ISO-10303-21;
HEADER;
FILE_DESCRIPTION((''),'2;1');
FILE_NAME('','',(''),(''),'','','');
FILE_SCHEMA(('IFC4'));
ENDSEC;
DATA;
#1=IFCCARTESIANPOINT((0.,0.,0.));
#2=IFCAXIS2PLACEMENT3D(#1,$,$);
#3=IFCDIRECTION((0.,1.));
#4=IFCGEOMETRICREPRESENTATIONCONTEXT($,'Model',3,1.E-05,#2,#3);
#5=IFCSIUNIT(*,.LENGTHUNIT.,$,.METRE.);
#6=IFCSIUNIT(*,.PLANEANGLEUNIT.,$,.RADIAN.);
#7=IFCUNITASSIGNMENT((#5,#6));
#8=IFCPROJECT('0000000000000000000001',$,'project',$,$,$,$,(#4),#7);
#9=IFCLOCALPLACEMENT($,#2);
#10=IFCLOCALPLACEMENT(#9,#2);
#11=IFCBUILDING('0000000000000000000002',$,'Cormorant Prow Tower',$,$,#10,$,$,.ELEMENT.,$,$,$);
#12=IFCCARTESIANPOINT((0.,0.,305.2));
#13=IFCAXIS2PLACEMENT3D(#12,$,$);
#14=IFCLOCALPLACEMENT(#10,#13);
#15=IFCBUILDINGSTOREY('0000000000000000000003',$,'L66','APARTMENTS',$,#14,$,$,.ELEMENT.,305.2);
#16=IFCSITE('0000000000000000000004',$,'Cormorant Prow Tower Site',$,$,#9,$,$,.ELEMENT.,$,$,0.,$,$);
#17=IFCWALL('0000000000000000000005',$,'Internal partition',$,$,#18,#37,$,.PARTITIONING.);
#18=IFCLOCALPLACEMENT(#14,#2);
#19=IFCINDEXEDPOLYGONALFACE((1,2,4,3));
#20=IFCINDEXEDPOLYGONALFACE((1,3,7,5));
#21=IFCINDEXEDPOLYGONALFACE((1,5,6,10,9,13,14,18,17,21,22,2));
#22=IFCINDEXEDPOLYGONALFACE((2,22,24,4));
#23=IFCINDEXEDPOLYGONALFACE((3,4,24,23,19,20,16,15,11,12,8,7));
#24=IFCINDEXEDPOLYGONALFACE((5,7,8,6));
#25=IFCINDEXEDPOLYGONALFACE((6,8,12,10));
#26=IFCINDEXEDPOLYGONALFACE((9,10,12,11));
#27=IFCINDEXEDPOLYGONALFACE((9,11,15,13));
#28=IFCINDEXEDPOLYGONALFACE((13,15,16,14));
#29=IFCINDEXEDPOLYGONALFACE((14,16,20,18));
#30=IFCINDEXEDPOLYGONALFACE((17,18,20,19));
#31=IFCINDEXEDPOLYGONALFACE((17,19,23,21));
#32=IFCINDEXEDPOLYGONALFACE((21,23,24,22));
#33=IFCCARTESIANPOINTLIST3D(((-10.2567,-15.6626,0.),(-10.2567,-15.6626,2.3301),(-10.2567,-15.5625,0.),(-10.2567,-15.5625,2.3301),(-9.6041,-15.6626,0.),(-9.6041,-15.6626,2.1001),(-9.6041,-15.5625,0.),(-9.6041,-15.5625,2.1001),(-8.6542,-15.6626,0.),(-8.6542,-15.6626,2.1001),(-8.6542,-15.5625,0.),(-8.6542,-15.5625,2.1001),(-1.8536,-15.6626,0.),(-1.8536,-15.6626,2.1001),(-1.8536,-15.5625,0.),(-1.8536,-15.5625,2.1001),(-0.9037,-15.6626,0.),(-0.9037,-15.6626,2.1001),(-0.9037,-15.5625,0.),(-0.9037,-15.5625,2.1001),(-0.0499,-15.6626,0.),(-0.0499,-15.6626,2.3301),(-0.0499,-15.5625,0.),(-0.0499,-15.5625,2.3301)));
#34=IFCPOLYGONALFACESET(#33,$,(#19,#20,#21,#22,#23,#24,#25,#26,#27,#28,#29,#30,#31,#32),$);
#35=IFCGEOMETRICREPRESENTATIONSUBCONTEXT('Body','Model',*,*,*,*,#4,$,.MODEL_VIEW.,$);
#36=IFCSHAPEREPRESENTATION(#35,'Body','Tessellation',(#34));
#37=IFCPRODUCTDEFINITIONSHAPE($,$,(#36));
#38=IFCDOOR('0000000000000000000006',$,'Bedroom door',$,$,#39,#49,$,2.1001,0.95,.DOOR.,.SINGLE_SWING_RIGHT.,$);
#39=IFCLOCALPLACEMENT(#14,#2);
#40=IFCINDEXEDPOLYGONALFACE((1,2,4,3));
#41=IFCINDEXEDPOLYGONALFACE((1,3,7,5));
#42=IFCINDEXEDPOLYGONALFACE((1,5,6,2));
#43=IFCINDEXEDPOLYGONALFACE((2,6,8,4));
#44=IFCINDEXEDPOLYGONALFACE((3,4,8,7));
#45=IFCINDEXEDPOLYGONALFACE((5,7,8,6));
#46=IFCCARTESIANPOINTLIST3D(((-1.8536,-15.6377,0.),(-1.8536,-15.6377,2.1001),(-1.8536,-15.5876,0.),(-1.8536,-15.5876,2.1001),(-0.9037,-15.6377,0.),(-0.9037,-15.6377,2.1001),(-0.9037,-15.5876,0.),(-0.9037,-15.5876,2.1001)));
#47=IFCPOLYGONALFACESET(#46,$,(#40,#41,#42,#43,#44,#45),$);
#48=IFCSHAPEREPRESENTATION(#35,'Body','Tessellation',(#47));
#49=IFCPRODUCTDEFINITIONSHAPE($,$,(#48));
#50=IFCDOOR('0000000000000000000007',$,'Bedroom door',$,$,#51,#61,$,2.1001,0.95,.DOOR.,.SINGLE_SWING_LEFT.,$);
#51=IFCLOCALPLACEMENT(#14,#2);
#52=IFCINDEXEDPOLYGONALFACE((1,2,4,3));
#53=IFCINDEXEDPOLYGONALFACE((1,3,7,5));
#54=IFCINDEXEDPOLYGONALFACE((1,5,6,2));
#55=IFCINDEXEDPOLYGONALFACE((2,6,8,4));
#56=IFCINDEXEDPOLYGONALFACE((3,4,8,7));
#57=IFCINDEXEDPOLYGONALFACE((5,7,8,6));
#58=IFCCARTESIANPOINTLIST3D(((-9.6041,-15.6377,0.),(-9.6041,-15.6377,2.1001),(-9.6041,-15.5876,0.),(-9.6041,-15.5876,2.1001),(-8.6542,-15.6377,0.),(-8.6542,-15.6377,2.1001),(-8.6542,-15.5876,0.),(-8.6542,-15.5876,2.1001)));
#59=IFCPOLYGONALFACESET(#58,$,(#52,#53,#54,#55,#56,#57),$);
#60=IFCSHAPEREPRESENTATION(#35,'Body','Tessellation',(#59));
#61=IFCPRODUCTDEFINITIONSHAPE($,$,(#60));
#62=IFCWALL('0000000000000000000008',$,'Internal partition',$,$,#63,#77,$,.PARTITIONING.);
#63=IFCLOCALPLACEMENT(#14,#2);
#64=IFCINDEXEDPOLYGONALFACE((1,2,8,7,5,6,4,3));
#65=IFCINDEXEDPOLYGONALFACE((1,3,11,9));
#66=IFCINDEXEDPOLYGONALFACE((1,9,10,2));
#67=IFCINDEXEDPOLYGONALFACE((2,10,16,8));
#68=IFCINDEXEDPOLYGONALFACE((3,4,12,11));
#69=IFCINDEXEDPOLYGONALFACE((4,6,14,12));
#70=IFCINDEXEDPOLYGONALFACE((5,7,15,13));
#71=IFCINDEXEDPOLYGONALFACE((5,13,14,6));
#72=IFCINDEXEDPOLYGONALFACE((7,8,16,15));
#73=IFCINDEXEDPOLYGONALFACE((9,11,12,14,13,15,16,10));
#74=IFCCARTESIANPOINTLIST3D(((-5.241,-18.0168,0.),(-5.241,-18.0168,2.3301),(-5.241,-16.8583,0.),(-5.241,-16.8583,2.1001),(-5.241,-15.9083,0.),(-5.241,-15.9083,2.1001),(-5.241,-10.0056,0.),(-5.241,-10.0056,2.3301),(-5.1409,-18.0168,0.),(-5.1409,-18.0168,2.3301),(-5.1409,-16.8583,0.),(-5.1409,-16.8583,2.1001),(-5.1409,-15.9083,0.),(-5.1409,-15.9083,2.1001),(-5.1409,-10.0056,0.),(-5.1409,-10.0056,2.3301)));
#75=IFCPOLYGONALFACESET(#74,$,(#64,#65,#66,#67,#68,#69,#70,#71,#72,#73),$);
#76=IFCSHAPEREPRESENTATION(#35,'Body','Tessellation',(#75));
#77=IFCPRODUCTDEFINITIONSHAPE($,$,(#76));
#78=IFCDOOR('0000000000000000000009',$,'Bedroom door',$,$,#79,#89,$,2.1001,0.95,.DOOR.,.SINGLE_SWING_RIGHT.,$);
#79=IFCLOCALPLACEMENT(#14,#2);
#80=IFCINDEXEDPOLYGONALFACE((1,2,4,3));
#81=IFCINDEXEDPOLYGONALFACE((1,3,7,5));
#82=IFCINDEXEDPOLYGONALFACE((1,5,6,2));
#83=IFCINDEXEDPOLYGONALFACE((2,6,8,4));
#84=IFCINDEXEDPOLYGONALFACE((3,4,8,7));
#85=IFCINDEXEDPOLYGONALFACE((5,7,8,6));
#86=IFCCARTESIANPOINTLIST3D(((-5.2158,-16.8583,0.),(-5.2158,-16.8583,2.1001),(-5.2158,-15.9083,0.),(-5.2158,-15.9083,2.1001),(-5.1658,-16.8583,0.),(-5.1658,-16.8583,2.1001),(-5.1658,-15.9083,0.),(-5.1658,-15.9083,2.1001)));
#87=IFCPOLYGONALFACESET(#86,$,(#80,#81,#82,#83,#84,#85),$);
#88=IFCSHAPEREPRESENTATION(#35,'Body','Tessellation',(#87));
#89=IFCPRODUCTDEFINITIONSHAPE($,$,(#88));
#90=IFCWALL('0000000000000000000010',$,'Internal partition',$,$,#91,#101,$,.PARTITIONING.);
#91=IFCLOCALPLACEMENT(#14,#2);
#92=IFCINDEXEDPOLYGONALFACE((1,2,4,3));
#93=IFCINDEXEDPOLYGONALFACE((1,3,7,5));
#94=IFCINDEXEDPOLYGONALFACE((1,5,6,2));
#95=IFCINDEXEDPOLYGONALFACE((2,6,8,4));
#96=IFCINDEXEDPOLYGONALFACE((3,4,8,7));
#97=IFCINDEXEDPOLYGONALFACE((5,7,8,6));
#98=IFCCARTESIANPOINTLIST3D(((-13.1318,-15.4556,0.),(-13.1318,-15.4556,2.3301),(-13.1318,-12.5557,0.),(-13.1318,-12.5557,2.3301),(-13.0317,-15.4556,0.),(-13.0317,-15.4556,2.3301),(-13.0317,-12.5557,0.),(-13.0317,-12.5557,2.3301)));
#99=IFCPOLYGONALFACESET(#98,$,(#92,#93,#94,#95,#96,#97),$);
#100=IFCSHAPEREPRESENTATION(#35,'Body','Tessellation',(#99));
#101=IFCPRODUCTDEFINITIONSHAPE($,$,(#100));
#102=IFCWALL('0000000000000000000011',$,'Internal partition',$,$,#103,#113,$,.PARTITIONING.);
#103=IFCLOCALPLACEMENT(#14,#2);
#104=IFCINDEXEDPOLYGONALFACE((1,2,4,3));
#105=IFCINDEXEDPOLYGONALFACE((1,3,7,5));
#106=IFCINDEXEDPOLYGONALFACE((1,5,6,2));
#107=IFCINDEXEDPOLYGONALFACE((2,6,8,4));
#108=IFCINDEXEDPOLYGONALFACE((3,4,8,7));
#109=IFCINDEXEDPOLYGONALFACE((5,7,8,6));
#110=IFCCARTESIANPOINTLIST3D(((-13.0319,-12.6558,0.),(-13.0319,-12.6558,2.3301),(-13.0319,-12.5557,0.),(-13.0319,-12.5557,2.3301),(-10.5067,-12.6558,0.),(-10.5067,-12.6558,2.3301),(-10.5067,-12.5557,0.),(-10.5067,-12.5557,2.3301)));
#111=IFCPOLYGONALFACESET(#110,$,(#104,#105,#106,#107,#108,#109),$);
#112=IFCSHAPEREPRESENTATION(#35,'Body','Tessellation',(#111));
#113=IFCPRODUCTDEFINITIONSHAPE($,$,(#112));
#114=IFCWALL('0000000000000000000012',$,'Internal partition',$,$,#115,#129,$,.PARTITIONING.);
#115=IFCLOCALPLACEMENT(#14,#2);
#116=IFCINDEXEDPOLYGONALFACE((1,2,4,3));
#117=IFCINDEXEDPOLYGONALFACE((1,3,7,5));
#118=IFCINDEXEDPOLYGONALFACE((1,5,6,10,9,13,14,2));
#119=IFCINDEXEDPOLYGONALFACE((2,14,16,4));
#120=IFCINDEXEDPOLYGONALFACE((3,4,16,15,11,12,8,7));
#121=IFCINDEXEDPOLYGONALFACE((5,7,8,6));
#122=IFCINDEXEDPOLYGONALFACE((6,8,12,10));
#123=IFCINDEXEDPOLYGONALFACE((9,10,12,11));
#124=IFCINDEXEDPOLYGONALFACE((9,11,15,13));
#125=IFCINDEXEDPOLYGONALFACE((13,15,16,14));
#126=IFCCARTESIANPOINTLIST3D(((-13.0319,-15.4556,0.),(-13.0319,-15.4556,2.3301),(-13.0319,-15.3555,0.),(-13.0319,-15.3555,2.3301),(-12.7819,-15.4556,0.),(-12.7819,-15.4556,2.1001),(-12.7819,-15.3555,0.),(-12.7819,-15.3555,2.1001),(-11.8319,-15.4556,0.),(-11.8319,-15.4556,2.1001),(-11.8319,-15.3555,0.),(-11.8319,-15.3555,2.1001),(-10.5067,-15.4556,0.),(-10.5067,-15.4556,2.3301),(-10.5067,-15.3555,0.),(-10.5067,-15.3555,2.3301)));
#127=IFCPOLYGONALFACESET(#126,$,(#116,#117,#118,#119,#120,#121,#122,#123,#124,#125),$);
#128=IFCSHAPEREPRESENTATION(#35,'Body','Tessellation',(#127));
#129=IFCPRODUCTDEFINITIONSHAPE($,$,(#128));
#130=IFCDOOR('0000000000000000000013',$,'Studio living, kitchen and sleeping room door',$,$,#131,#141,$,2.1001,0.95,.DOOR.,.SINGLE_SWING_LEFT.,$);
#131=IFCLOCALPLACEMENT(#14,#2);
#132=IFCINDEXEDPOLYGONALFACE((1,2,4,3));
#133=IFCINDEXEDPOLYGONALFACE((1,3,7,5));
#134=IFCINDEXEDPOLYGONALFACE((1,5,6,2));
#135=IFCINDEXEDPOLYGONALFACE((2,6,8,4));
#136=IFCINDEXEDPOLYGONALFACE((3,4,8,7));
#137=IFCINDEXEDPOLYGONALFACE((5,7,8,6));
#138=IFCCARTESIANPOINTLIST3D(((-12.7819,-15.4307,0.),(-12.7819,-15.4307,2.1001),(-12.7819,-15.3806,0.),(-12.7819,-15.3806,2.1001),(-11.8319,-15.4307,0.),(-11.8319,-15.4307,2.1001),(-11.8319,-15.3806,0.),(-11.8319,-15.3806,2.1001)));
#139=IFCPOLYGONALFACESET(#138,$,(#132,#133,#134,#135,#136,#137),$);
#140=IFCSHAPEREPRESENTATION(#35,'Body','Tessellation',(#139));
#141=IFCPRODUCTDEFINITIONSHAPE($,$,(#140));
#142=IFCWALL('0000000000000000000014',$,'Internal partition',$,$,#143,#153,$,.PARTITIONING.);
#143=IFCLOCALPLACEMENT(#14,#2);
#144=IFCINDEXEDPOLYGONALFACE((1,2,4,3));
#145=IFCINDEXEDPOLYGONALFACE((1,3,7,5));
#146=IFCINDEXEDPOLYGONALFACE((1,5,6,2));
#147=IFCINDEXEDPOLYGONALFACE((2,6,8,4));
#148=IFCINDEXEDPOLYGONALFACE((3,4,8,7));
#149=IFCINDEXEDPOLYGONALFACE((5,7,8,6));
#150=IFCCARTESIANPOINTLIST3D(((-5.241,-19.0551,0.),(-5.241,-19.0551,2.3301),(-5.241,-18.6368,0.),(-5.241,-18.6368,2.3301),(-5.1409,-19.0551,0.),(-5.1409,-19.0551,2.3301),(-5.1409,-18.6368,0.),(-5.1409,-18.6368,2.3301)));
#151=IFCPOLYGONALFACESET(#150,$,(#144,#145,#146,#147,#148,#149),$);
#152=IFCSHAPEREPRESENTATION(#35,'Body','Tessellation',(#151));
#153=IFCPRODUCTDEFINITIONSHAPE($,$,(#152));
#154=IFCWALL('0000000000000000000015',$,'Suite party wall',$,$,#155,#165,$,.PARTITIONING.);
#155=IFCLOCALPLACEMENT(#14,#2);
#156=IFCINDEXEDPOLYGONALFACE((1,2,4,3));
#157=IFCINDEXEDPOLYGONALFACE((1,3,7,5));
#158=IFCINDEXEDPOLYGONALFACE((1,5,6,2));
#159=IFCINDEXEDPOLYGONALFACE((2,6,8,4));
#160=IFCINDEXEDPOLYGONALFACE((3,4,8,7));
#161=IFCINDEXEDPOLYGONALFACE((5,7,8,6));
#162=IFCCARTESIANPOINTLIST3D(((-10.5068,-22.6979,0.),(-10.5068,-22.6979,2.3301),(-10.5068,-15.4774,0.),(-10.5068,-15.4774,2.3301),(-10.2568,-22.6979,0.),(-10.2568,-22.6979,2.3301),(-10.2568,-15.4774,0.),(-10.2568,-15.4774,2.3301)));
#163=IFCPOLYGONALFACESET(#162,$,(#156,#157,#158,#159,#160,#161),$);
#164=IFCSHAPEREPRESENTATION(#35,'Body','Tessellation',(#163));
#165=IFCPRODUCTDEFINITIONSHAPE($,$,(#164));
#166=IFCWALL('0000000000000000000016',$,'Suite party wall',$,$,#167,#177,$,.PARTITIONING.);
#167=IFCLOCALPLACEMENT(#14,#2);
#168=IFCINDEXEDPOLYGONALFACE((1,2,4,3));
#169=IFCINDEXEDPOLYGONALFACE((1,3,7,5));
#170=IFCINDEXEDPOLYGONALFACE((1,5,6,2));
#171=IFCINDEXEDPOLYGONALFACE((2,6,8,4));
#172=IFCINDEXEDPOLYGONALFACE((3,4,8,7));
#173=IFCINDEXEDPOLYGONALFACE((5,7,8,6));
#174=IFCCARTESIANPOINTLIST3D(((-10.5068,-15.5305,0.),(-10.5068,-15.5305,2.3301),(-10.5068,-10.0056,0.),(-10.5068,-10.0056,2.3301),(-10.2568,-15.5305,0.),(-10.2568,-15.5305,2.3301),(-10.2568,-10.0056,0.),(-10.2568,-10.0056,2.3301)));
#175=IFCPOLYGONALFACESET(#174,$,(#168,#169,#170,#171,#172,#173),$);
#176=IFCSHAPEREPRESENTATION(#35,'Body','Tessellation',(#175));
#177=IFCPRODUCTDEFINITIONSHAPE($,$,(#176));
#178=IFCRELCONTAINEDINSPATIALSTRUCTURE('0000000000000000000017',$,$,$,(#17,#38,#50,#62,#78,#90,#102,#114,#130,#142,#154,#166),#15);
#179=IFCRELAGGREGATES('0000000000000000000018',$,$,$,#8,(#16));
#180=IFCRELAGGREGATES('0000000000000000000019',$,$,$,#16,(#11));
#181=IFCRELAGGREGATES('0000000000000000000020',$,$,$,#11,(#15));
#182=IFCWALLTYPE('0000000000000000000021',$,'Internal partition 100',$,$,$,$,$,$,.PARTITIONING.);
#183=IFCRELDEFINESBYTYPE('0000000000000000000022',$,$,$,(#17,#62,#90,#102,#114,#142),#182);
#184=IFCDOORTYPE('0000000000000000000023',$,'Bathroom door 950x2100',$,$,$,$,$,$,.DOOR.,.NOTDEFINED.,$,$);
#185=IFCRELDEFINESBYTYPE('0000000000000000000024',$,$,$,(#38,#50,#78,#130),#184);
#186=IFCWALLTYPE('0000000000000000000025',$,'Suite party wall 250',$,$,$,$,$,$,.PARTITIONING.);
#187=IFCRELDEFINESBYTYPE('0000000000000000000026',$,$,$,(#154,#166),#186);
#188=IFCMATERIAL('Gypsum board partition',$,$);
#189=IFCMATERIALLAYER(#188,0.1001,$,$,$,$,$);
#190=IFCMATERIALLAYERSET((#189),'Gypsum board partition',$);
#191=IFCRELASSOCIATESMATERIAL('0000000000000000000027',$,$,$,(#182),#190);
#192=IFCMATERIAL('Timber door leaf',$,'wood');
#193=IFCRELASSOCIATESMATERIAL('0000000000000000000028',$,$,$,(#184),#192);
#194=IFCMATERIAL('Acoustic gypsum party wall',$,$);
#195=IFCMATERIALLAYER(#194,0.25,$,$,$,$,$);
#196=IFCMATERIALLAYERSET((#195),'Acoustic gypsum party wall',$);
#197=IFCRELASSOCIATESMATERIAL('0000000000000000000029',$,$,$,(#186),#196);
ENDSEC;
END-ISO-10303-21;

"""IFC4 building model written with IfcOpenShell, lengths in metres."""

from ifc_helpers import new_model, si_unit, direction, frame, frame_2d, origin, place, context, subcontext, project, spatial, rectangle, extrude, material, layer, layer_set, type_object, element, fill, save


model = new_model("IFC4")

# Units and contexts
model_context = context("Model", 3, precision=1e-05, world=origin(), true_north=direction((0.0, 1.0)))
body_context = subcontext(model_context, "Body", "Model", "MODEL_VIEW")
ifc_project = project(units=[si_unit("LENGTHUNIT", "METRE"), si_unit("PLANEANGLEUNIT", "RADIAN")], contexts=[model_context])

# Site, building, storey
site_placement = place(None, origin())
site = spatial("IfcSite", under=ifc_project, at=site_placement, Name="Cormorant Prow Tower Site", CompositionType="ELEMENT", RefElevation=0.0)
building_placement = place(site_placement, origin())
building = spatial("IfcBuilding", under=site, at=building_placement, Name="Cormorant Prow Tower", CompositionType="ELEMENT")
storey_placement = place(building_placement, frame((0.0, 0.0, 305.2)))
storey = spatial("IfcBuildingStorey", under=building, at=storey_placement, Name="L66", Description="APARTMENTS", CompositionType="ELEMENT", Elevation=305.2)

# Wall, openings, doors
ifc_material_1 = material(Name="Gypsum board partition")
ifc_layer_1 = layer(ifc_material_1, 0.1001)
ifc_layer_set_1 = layer_set([ifc_layer_1], Name="Gypsum board partition")
wall_type_1 = type_object("IfcWallType", Name="Internal partition 100", PredefinedType="PARTITIONING", material=ifc_layer_set_1)
wall_1_placement = place(storey_placement, frame((-10.2568, -15.6125, 0.0), z_axis=(0.0, 0.0, 1.0), x_axis=(1.0, 0.0, 0.0)))
wall_1 = element("IfcWall", 1, at=wall_1_placement, inside=storey, type_object=wall_type_1, Name="Internal partition", PredefinedType="PARTITIONING", context=body_context, shape_type="SweptSolid", body=[
    extrude(rectangle(XDim=10.2068, YDim=0.1001, at=frame_2d((5.1035, 0.0))), origin(), (0.0, 0.0, 1.0), 2.3301),
])
opening_1_placement = place(wall_1_placement, frame((8.4031, 0.0, 0.0)))
opening_1 = element("IfcOpeningElement", 2, at=opening_1_placement, cuts=wall_1, PredefinedType="OPENING", context=body_context, shape_type="SweptSolid", body=[
    extrude(rectangle(XDim=0.95, YDim=2.1001, at=frame_2d((0.4751, 1.05))), frame((0.0, 0.0601, 0.0), z_axis=(0.0, -1.0, 0.0), x_axis=(1.0, 0.0, 0.0)), (0.0, 0.0, 1.0), 0.1201),
])
opening_2_placement = place(wall_1_placement, frame((0.6526, 0.0, 0.0)))
opening_2 = element("IfcOpeningElement", 3, at=opening_2_placement, cuts=wall_1, PredefinedType="OPENING", context=body_context, shape_type="SweptSolid", body=[
    extrude(rectangle(XDim=0.95, YDim=2.1001, at=frame_2d((0.4751, 1.05))), frame((0.0, 0.0601, 0.0), z_axis=(0.0, -1.0, 0.0), x_axis=(1.0, 0.0, 0.0)), (0.0, 0.0, 1.0), 0.1201),
])
ifc_material_2 = material(Name="Timber door leaf", Category="wood")
door_type_1 = type_object("IfcDoorType", Name="Bathroom door 950x2100", OperationType="NOTDEFINED", PredefinedType="DOOR", material=ifc_material_2)
door_1_placement = place(opening_1_placement, origin())
door_1 = element("IfcDoor", 4, at=door_1_placement, inside=storey, type_object=door_type_1, Name="Bedroom door", OperationType="SINGLE_SWING_RIGHT", OverallHeight=2.1001, OverallWidth=0.95, PredefinedType="DOOR", context=body_context, shape_type="SweptSolid", body=[
    extrude(rectangle(XDim=0.95, YDim=2.1001, at=frame_2d((0.4751, 1.05))), frame((0.0, 0.0249, 0.0), z_axis=(0.0, -1.0, 0.0), x_axis=(1.0, 0.0, 0.0)), (0.0, 0.0, 1.0), 0.05),
])
fill(opening_1, door_1)
door_2_placement = place(opening_2_placement, origin())
door_2 = element("IfcDoor", 5, at=door_2_placement, inside=storey, type_object=door_type_1, Name="Bedroom door", OperationType="SINGLE_SWING_LEFT", OverallHeight=2.1001, OverallWidth=0.95, PredefinedType="DOOR", context=body_context, shape_type="SweptSolid", body=[
    extrude(rectangle(XDim=0.95, YDim=2.1001, at=frame_2d((0.4751, 1.05))), frame((0.0, 0.0249, 0.0), z_axis=(0.0, -1.0, 0.0), x_axis=(1.0, 0.0, 0.0)), (0.0, 0.0, 1.0), 0.05),
])
fill(opening_2, door_2)

# Wall, opening, door
wall_2_placement = place(storey_placement, frame((-5.1909, -18.0168, 0.0), z_axis=(0.0, 0.0, 1.0), x_axis=(0.0, 1.0, 0.0)))
wall_2 = element("IfcWall", 6, at=wall_2_placement, inside=storey, type_object=wall_type_1, Name="Internal partition", PredefinedType="PARTITIONING", context=body_context, shape_type="SweptSolid", body=[
    extrude(rectangle(XDim=8.0112, YDim=0.1001, at=frame_2d((4.0056, 0.0))), origin(), (0.0, 0.0, 1.0), 2.3301),
])
opening_3_placement = place(wall_2_placement, frame((1.1584, 0.0, 0.0)))
opening_3 = element("IfcOpeningElement", 7, at=opening_3_placement, cuts=wall_2, PredefinedType="OPENING", context=body_context, shape_type="SweptSolid", body=[
    extrude(rectangle(XDim=0.95, YDim=2.1001, at=frame_2d((0.4751, 1.05))), frame((0.0, 0.0601, 0.0), z_axis=(0.0, -1.0, 0.0), x_axis=(1.0, 0.0, 0.0)), (0.0, 0.0, 1.0), 0.1201),
])
door_3_placement = place(opening_3_placement, origin())
door_3 = element("IfcDoor", 8, at=door_3_placement, inside=storey, type_object=door_type_1, Name="Bedroom door", OperationType="SINGLE_SWING_RIGHT", OverallHeight=2.1001, OverallWidth=0.95, PredefinedType="DOOR", context=body_context, shape_type="SweptSolid", body=[
    extrude(rectangle(XDim=0.95, YDim=2.1001, at=frame_2d((0.4751, 1.05))), frame((0.0, 0.0249, 0.0), z_axis=(0.0, -1.0, 0.0), x_axis=(1.0, 0.0, 0.0)), (0.0, 0.0, 1.0), 0.05),
])
fill(opening_3, door_3)

# Walls
wall_3_placement = place(storey_placement, frame((-13.0818, -15.4556, 0.0), z_axis=(0.0, 0.0, 1.0), x_axis=(0.0, 1.0, 0.0)))
element("IfcWall", 9, at=wall_3_placement, inside=storey, type_object=wall_type_1, Name="Internal partition", PredefinedType="PARTITIONING", context=body_context, shape_type="SweptSolid", body=[
    extrude(rectangle(XDim=2.8999, YDim=0.1001, at=frame_2d((1.45, 0.0))), origin(), (0.0, 0.0, 1.0), 2.3301),
])
wall_4_placement = place(storey_placement, frame((-13.032, -12.6057, 0.0), z_axis=(0.0, 0.0, 1.0), x_axis=(1.0, 0.0, 0.0)))
element("IfcWall", 10, at=wall_4_placement, inside=storey, type_object=wall_type_1, Name="Internal partition", PredefinedType="PARTITIONING", context=body_context, shape_type="SweptSolid", body=[
    extrude(rectangle(XDim=2.5251, YDim=0.1001, at=frame_2d((1.2627, 0.0))), origin(), (0.0, 0.0, 1.0), 2.3301),
])

# Wall, opening, door
wall_5_placement = place(storey_placement, frame((-13.032, -15.4055, 0.0), z_axis=(0.0, 0.0, 1.0), x_axis=(1.0, 0.0, 0.0)))
wall_5 = element("IfcWall", 11, at=wall_5_placement, inside=storey, type_object=wall_type_1, Name="Internal partition", PredefinedType="PARTITIONING", context=body_context, shape_type="SweptSolid", body=[
    extrude(rectangle(XDim=2.5251, YDim=0.1001, at=frame_2d((1.2627, 0.0))), origin(), (0.0, 0.0, 1.0), 2.3301),
])
opening_4_placement = place(wall_5_placement, frame((0.25, 0.0, 0.0)))
opening_4 = element("IfcOpeningElement", 12, at=opening_4_placement, cuts=wall_5, PredefinedType="OPENING", context=body_context, shape_type="SweptSolid", body=[
    extrude(rectangle(XDim=0.95, YDim=2.1001, at=frame_2d((0.4751, 1.05))), frame((0.0, 0.0601, 0.0), z_axis=(0.0, -1.0, 0.0), x_axis=(1.0, 0.0, 0.0)), (0.0, 0.0, 1.0), 0.1201),
])
door_4_placement = place(opening_4_placement, origin())
door_4 = element("IfcDoor", 13, at=door_4_placement, inside=storey, type_object=door_type_1, Name="Studio living, kitchen and sleeping room door", OperationType="SINGLE_SWING_LEFT", OverallHeight=2.1001, OverallWidth=0.95, PredefinedType="DOOR", context=body_context, shape_type="SweptSolid", body=[
    extrude(rectangle(XDim=0.95, YDim=2.1001, at=frame_2d((0.4751, 1.05))), frame((0.0, 0.0249, 0.0), z_axis=(0.0, -1.0, 0.0), x_axis=(1.0, 0.0, 0.0)), (0.0, 0.0, 1.0), 0.05),
])
fill(opening_4, door_4)

# Walls
wall_6_placement = place(storey_placement, frame((-5.1909, -19.0549, 0.0), z_axis=(0.0, 0.0, 1.0), x_axis=(0.0, 1.0, 0.0)))
element("IfcWall", 14, at=wall_6_placement, inside=storey, type_object=wall_type_1, Name="Internal partition", PredefinedType="PARTITIONING", context=body_context, shape_type="SweptSolid", body=[
    extrude(rectangle(XDim=0.4182, YDim=0.1001, at=frame_2d((0.209, 0.0))), origin(), (0.0, 0.0, 1.0), 2.3301),
])
ifc_material_3 = material(Name="Acoustic gypsum party wall")
ifc_layer_2 = layer(ifc_material_3, 0.25)
ifc_layer_set_2 = layer_set([ifc_layer_2], Name="Acoustic gypsum party wall")
wall_type_2 = type_object("IfcWallType", Name="Suite party wall 250", PredefinedType="PARTITIONING", material=ifc_layer_set_2)
wall_7_placement = place(storey_placement, frame((-10.3818, -22.698, 0.0), z_axis=(0.0, 0.0, 1.0), x_axis=(0.0, 1.0, 0.0)))
element("IfcWall", 15, at=wall_7_placement, inside=storey, type_object=wall_type_2, Name="Suite party wall", PredefinedType="PARTITIONING", context=body_context, shape_type="SweptSolid", body=[
    extrude(rectangle(XDim=7.2205, YDim=0.25, at=frame_2d((3.6104, 0.0))), origin(), (0.0, 0.0, 1.0), 2.3301),
])
wall_8_placement = place(storey_placement, frame((-10.3818, -15.5305, 0.0), z_axis=(0.0, 0.0, 1.0), x_axis=(0.0, 1.0, 0.0)))
element("IfcWall", 16, at=wall_8_placement, inside=storey, type_object=wall_type_2, Name="Suite party wall", PredefinedType="PARTITIONING", context=body_context, shape_type="SweptSolid", body=[
    extrude(rectangle(XDim=5.5249, YDim=0.25, at=frame_2d((2.7625, 0.0))), origin(), (0.0, 0.0, 1.0), 2.3301),
])

save(model, "model.ifc")
